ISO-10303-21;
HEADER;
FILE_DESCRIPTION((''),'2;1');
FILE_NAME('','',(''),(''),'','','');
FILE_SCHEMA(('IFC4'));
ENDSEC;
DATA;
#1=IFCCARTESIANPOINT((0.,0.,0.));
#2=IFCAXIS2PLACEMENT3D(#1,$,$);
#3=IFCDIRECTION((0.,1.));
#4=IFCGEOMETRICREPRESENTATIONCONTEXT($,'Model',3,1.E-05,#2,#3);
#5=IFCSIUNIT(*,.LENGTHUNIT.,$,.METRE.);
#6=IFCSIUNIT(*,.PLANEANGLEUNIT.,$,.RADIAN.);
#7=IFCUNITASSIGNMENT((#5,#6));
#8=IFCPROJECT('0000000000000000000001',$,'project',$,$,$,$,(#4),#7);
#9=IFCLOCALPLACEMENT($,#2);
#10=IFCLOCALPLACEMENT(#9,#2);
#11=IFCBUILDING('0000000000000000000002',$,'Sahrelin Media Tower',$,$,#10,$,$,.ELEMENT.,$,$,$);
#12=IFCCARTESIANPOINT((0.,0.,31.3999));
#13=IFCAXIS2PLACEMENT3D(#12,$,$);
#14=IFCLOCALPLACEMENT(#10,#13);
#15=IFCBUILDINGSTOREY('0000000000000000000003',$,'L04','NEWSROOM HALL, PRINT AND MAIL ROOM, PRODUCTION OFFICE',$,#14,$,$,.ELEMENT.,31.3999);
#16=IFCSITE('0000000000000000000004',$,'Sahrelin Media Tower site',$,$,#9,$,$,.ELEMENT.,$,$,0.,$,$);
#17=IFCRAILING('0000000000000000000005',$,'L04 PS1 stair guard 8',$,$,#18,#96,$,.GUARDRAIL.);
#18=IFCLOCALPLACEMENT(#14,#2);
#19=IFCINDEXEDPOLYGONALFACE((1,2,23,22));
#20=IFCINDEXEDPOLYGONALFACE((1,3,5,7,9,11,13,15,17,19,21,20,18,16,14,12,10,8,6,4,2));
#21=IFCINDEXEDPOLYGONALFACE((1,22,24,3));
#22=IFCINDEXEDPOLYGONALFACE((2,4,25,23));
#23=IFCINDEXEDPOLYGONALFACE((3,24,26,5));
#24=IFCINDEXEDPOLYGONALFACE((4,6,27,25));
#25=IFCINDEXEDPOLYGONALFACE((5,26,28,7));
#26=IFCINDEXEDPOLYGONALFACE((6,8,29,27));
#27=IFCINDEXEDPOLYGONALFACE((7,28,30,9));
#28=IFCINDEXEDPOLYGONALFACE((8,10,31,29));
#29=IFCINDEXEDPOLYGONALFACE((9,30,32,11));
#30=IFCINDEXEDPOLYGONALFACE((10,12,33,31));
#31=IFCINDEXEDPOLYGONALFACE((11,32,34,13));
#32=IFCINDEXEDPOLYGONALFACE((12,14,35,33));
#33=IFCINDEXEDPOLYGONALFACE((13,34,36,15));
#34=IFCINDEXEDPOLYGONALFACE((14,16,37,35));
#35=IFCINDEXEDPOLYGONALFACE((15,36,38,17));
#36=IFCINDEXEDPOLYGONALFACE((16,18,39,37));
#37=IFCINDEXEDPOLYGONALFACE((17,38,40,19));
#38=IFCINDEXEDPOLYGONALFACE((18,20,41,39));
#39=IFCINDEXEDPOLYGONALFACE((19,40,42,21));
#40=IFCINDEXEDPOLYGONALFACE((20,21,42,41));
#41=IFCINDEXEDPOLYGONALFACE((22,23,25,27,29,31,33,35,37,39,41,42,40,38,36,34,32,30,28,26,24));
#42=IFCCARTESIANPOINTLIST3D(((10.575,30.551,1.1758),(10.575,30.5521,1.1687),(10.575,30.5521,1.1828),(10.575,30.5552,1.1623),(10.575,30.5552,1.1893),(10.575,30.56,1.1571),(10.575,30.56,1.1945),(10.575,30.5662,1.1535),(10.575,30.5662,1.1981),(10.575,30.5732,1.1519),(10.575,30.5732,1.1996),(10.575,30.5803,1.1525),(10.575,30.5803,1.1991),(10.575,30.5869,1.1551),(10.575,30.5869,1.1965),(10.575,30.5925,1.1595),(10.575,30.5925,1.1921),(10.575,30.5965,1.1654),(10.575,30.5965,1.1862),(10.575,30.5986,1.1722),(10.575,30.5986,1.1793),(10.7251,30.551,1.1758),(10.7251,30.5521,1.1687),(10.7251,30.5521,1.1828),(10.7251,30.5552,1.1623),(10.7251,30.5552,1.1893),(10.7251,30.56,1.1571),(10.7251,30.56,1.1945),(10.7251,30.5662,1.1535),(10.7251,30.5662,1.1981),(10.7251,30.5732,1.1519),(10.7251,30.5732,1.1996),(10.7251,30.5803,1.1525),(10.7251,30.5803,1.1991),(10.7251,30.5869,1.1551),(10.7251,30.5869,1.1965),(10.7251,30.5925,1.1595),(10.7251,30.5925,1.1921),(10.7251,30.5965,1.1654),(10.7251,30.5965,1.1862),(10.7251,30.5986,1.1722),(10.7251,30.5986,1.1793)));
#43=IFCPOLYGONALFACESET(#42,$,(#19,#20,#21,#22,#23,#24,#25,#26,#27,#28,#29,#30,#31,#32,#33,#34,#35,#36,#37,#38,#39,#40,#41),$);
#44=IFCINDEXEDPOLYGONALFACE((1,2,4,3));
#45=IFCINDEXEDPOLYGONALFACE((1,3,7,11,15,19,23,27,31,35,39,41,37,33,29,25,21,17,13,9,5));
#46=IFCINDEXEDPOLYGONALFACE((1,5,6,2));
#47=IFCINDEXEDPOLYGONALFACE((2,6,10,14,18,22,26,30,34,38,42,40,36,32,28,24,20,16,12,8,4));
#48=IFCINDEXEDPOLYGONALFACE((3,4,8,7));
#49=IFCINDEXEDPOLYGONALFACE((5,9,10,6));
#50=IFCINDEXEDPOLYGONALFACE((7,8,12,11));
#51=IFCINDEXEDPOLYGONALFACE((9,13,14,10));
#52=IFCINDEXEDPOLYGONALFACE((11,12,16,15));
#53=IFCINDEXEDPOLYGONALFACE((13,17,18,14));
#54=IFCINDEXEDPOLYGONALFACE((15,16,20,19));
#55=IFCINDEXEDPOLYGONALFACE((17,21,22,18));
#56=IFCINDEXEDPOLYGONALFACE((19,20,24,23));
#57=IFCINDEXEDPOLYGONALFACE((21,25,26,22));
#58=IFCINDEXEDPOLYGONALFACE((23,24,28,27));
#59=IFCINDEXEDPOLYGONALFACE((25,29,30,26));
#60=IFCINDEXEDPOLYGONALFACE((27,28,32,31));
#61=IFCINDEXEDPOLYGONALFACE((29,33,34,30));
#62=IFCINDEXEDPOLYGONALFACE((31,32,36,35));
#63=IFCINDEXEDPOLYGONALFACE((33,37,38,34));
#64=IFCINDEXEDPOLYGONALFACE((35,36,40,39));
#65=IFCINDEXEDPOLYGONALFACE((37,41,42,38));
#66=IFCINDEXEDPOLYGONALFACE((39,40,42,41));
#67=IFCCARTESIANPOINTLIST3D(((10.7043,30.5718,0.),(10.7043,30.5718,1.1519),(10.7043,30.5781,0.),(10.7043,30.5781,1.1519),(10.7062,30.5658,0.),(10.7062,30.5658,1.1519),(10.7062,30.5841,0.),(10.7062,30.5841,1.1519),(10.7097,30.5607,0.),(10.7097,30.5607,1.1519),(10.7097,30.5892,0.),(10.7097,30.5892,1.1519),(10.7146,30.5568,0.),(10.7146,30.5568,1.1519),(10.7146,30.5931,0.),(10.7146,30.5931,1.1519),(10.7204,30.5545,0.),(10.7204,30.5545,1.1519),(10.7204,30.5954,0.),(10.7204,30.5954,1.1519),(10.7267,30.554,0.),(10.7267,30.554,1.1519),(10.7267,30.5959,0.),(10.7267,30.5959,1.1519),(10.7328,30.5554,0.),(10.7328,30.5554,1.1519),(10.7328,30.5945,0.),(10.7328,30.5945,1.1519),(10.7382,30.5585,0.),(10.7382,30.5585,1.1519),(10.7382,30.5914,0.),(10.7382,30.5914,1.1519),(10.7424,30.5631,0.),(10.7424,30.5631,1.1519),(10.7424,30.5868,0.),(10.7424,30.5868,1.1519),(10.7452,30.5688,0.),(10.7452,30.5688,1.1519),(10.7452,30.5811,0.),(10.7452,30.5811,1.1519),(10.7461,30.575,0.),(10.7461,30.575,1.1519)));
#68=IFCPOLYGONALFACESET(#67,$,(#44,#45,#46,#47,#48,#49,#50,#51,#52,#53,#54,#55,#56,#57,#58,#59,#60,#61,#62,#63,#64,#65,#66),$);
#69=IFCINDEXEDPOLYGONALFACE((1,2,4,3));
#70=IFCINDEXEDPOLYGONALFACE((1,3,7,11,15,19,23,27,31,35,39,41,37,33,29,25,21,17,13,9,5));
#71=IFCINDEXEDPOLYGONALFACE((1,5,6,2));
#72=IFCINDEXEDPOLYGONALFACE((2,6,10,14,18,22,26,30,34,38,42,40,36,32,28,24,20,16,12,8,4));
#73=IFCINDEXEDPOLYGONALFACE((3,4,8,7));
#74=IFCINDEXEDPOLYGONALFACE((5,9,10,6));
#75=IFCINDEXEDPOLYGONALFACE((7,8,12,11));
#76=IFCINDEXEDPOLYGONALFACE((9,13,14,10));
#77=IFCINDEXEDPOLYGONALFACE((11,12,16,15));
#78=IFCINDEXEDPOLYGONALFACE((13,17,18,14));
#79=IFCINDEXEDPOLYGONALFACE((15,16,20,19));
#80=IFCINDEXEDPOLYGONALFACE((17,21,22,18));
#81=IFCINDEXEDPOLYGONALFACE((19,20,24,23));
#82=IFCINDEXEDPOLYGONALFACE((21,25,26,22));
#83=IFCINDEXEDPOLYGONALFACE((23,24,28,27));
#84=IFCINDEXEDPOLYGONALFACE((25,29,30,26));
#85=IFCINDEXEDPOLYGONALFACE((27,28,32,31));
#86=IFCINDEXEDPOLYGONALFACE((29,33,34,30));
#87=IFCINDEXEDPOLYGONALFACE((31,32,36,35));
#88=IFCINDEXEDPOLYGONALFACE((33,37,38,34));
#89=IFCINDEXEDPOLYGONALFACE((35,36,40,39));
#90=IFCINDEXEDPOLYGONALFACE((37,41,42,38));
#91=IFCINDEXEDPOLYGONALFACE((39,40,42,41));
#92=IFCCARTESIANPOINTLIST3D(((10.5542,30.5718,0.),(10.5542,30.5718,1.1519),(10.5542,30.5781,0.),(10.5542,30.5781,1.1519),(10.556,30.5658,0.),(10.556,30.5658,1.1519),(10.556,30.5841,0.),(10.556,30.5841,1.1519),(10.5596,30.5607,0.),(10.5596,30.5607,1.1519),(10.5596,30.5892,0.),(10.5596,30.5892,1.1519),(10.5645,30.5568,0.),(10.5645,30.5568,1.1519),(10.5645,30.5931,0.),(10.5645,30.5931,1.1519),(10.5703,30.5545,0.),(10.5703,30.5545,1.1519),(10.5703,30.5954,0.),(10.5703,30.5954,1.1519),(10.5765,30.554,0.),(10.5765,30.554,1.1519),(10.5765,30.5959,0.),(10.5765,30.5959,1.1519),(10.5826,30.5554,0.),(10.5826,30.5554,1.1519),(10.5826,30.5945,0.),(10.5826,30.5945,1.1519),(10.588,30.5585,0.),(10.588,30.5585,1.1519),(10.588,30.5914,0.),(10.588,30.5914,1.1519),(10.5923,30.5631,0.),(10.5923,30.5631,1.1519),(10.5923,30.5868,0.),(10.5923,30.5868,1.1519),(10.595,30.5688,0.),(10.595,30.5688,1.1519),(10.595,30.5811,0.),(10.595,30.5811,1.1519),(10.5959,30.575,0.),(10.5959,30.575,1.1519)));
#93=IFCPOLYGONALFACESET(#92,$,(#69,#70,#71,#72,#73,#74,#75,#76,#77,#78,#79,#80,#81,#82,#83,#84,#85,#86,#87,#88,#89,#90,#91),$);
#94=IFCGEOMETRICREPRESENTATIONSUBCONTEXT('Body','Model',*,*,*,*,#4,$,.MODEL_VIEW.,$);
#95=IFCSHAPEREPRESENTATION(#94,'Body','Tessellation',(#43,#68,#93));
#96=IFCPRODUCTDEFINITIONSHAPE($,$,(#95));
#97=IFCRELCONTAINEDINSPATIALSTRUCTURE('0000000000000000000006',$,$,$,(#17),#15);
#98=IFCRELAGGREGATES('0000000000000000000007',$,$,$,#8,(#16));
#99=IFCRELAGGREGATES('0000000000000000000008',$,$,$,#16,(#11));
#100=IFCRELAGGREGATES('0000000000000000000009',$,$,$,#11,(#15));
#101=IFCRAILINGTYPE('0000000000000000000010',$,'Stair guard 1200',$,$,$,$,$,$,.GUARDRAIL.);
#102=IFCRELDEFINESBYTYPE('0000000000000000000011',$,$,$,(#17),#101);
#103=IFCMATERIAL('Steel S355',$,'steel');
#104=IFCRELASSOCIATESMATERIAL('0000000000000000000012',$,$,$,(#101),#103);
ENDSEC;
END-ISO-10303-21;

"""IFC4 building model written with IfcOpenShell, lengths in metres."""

from ifc_helpers import new_model, si_unit, direction, frame, origin, origin_2d, place, context, subcontext, project, spatial, circle, extrude, material, type_object, element, save


model = new_model("IFC4")

# Units and contexts
model_context = context("Model", 3, precision=1e-05, world=origin(), true_north=direction((0.0, 1.0)))
body_context = subcontext(model_context, "Body", "Model", "MODEL_VIEW")
ifc_project = project(units=[si_unit("LENGTHUNIT", "METRE"), si_unit("PLANEANGLEUNIT", "RADIAN")], contexts=[model_context])

# Site, building, storey
site_placement = place(None, origin())
site = spatial("IfcSite", under=ifc_project, at=site_placement, Name="Sahrelin Media Tower site", CompositionType="ELEMENT", RefElevation=0.0)
building_placement = place(site_placement, origin())
building = spatial("IfcBuilding", under=site, at=building_placement, Name="Sahrelin Media Tower", CompositionType="ELEMENT")
storey_placement = place(building_placement, frame((0.0, 0.0, 31.3999)))
storey = spatial("IfcBuildingStorey", under=building, at=storey_placement, Name="L04", Description="NEWSROOM HALL, PRINT AND MAIL ROOM, PRODUCTION OFFICE", CompositionType="ELEMENT", Elevation=31.3999)

# Shared definitions
ifc_material_1 = material(Name="Steel S355", Category="steel")

# Railing
railing_type_1 = type_object("IfcRailingType", Name="Stair guard 1200", PredefinedType="GUARDRAIL", material=ifc_material_1)
railing_1_placement = place(storey_placement, frame((10.7251, 30.575, 0.0)))
element("IfcRailing", 1, at=railing_1_placement, inside=storey, type_object=railing_type_1, Name="L04 PS1 stair guard 8", PredefinedType="GUARDRAIL", context=body_context, shape_type="SweptSolid", body=[
    extrude(circle(Radius=0.0239, at=origin_2d()), frame((0.0, 0.0, 1.1758), z_axis=(-1.0, 0.0, 0.0), x_axis=(0.0, -1.0, 0.0)), (0.0, 0.0, 1.0), 0.1501),
    extrude(circle(Radius=0.021, at=origin_2d()), origin(), (0.0, 0.0, 1.0), 1.1519),
    extrude(circle(Radius=0.021, at=origin_2d()), frame((-0.1501, 0.0, 0.0)), (0.0, 0.0, 1.0), 1.1519),
])

save(model, "model.ifc")
